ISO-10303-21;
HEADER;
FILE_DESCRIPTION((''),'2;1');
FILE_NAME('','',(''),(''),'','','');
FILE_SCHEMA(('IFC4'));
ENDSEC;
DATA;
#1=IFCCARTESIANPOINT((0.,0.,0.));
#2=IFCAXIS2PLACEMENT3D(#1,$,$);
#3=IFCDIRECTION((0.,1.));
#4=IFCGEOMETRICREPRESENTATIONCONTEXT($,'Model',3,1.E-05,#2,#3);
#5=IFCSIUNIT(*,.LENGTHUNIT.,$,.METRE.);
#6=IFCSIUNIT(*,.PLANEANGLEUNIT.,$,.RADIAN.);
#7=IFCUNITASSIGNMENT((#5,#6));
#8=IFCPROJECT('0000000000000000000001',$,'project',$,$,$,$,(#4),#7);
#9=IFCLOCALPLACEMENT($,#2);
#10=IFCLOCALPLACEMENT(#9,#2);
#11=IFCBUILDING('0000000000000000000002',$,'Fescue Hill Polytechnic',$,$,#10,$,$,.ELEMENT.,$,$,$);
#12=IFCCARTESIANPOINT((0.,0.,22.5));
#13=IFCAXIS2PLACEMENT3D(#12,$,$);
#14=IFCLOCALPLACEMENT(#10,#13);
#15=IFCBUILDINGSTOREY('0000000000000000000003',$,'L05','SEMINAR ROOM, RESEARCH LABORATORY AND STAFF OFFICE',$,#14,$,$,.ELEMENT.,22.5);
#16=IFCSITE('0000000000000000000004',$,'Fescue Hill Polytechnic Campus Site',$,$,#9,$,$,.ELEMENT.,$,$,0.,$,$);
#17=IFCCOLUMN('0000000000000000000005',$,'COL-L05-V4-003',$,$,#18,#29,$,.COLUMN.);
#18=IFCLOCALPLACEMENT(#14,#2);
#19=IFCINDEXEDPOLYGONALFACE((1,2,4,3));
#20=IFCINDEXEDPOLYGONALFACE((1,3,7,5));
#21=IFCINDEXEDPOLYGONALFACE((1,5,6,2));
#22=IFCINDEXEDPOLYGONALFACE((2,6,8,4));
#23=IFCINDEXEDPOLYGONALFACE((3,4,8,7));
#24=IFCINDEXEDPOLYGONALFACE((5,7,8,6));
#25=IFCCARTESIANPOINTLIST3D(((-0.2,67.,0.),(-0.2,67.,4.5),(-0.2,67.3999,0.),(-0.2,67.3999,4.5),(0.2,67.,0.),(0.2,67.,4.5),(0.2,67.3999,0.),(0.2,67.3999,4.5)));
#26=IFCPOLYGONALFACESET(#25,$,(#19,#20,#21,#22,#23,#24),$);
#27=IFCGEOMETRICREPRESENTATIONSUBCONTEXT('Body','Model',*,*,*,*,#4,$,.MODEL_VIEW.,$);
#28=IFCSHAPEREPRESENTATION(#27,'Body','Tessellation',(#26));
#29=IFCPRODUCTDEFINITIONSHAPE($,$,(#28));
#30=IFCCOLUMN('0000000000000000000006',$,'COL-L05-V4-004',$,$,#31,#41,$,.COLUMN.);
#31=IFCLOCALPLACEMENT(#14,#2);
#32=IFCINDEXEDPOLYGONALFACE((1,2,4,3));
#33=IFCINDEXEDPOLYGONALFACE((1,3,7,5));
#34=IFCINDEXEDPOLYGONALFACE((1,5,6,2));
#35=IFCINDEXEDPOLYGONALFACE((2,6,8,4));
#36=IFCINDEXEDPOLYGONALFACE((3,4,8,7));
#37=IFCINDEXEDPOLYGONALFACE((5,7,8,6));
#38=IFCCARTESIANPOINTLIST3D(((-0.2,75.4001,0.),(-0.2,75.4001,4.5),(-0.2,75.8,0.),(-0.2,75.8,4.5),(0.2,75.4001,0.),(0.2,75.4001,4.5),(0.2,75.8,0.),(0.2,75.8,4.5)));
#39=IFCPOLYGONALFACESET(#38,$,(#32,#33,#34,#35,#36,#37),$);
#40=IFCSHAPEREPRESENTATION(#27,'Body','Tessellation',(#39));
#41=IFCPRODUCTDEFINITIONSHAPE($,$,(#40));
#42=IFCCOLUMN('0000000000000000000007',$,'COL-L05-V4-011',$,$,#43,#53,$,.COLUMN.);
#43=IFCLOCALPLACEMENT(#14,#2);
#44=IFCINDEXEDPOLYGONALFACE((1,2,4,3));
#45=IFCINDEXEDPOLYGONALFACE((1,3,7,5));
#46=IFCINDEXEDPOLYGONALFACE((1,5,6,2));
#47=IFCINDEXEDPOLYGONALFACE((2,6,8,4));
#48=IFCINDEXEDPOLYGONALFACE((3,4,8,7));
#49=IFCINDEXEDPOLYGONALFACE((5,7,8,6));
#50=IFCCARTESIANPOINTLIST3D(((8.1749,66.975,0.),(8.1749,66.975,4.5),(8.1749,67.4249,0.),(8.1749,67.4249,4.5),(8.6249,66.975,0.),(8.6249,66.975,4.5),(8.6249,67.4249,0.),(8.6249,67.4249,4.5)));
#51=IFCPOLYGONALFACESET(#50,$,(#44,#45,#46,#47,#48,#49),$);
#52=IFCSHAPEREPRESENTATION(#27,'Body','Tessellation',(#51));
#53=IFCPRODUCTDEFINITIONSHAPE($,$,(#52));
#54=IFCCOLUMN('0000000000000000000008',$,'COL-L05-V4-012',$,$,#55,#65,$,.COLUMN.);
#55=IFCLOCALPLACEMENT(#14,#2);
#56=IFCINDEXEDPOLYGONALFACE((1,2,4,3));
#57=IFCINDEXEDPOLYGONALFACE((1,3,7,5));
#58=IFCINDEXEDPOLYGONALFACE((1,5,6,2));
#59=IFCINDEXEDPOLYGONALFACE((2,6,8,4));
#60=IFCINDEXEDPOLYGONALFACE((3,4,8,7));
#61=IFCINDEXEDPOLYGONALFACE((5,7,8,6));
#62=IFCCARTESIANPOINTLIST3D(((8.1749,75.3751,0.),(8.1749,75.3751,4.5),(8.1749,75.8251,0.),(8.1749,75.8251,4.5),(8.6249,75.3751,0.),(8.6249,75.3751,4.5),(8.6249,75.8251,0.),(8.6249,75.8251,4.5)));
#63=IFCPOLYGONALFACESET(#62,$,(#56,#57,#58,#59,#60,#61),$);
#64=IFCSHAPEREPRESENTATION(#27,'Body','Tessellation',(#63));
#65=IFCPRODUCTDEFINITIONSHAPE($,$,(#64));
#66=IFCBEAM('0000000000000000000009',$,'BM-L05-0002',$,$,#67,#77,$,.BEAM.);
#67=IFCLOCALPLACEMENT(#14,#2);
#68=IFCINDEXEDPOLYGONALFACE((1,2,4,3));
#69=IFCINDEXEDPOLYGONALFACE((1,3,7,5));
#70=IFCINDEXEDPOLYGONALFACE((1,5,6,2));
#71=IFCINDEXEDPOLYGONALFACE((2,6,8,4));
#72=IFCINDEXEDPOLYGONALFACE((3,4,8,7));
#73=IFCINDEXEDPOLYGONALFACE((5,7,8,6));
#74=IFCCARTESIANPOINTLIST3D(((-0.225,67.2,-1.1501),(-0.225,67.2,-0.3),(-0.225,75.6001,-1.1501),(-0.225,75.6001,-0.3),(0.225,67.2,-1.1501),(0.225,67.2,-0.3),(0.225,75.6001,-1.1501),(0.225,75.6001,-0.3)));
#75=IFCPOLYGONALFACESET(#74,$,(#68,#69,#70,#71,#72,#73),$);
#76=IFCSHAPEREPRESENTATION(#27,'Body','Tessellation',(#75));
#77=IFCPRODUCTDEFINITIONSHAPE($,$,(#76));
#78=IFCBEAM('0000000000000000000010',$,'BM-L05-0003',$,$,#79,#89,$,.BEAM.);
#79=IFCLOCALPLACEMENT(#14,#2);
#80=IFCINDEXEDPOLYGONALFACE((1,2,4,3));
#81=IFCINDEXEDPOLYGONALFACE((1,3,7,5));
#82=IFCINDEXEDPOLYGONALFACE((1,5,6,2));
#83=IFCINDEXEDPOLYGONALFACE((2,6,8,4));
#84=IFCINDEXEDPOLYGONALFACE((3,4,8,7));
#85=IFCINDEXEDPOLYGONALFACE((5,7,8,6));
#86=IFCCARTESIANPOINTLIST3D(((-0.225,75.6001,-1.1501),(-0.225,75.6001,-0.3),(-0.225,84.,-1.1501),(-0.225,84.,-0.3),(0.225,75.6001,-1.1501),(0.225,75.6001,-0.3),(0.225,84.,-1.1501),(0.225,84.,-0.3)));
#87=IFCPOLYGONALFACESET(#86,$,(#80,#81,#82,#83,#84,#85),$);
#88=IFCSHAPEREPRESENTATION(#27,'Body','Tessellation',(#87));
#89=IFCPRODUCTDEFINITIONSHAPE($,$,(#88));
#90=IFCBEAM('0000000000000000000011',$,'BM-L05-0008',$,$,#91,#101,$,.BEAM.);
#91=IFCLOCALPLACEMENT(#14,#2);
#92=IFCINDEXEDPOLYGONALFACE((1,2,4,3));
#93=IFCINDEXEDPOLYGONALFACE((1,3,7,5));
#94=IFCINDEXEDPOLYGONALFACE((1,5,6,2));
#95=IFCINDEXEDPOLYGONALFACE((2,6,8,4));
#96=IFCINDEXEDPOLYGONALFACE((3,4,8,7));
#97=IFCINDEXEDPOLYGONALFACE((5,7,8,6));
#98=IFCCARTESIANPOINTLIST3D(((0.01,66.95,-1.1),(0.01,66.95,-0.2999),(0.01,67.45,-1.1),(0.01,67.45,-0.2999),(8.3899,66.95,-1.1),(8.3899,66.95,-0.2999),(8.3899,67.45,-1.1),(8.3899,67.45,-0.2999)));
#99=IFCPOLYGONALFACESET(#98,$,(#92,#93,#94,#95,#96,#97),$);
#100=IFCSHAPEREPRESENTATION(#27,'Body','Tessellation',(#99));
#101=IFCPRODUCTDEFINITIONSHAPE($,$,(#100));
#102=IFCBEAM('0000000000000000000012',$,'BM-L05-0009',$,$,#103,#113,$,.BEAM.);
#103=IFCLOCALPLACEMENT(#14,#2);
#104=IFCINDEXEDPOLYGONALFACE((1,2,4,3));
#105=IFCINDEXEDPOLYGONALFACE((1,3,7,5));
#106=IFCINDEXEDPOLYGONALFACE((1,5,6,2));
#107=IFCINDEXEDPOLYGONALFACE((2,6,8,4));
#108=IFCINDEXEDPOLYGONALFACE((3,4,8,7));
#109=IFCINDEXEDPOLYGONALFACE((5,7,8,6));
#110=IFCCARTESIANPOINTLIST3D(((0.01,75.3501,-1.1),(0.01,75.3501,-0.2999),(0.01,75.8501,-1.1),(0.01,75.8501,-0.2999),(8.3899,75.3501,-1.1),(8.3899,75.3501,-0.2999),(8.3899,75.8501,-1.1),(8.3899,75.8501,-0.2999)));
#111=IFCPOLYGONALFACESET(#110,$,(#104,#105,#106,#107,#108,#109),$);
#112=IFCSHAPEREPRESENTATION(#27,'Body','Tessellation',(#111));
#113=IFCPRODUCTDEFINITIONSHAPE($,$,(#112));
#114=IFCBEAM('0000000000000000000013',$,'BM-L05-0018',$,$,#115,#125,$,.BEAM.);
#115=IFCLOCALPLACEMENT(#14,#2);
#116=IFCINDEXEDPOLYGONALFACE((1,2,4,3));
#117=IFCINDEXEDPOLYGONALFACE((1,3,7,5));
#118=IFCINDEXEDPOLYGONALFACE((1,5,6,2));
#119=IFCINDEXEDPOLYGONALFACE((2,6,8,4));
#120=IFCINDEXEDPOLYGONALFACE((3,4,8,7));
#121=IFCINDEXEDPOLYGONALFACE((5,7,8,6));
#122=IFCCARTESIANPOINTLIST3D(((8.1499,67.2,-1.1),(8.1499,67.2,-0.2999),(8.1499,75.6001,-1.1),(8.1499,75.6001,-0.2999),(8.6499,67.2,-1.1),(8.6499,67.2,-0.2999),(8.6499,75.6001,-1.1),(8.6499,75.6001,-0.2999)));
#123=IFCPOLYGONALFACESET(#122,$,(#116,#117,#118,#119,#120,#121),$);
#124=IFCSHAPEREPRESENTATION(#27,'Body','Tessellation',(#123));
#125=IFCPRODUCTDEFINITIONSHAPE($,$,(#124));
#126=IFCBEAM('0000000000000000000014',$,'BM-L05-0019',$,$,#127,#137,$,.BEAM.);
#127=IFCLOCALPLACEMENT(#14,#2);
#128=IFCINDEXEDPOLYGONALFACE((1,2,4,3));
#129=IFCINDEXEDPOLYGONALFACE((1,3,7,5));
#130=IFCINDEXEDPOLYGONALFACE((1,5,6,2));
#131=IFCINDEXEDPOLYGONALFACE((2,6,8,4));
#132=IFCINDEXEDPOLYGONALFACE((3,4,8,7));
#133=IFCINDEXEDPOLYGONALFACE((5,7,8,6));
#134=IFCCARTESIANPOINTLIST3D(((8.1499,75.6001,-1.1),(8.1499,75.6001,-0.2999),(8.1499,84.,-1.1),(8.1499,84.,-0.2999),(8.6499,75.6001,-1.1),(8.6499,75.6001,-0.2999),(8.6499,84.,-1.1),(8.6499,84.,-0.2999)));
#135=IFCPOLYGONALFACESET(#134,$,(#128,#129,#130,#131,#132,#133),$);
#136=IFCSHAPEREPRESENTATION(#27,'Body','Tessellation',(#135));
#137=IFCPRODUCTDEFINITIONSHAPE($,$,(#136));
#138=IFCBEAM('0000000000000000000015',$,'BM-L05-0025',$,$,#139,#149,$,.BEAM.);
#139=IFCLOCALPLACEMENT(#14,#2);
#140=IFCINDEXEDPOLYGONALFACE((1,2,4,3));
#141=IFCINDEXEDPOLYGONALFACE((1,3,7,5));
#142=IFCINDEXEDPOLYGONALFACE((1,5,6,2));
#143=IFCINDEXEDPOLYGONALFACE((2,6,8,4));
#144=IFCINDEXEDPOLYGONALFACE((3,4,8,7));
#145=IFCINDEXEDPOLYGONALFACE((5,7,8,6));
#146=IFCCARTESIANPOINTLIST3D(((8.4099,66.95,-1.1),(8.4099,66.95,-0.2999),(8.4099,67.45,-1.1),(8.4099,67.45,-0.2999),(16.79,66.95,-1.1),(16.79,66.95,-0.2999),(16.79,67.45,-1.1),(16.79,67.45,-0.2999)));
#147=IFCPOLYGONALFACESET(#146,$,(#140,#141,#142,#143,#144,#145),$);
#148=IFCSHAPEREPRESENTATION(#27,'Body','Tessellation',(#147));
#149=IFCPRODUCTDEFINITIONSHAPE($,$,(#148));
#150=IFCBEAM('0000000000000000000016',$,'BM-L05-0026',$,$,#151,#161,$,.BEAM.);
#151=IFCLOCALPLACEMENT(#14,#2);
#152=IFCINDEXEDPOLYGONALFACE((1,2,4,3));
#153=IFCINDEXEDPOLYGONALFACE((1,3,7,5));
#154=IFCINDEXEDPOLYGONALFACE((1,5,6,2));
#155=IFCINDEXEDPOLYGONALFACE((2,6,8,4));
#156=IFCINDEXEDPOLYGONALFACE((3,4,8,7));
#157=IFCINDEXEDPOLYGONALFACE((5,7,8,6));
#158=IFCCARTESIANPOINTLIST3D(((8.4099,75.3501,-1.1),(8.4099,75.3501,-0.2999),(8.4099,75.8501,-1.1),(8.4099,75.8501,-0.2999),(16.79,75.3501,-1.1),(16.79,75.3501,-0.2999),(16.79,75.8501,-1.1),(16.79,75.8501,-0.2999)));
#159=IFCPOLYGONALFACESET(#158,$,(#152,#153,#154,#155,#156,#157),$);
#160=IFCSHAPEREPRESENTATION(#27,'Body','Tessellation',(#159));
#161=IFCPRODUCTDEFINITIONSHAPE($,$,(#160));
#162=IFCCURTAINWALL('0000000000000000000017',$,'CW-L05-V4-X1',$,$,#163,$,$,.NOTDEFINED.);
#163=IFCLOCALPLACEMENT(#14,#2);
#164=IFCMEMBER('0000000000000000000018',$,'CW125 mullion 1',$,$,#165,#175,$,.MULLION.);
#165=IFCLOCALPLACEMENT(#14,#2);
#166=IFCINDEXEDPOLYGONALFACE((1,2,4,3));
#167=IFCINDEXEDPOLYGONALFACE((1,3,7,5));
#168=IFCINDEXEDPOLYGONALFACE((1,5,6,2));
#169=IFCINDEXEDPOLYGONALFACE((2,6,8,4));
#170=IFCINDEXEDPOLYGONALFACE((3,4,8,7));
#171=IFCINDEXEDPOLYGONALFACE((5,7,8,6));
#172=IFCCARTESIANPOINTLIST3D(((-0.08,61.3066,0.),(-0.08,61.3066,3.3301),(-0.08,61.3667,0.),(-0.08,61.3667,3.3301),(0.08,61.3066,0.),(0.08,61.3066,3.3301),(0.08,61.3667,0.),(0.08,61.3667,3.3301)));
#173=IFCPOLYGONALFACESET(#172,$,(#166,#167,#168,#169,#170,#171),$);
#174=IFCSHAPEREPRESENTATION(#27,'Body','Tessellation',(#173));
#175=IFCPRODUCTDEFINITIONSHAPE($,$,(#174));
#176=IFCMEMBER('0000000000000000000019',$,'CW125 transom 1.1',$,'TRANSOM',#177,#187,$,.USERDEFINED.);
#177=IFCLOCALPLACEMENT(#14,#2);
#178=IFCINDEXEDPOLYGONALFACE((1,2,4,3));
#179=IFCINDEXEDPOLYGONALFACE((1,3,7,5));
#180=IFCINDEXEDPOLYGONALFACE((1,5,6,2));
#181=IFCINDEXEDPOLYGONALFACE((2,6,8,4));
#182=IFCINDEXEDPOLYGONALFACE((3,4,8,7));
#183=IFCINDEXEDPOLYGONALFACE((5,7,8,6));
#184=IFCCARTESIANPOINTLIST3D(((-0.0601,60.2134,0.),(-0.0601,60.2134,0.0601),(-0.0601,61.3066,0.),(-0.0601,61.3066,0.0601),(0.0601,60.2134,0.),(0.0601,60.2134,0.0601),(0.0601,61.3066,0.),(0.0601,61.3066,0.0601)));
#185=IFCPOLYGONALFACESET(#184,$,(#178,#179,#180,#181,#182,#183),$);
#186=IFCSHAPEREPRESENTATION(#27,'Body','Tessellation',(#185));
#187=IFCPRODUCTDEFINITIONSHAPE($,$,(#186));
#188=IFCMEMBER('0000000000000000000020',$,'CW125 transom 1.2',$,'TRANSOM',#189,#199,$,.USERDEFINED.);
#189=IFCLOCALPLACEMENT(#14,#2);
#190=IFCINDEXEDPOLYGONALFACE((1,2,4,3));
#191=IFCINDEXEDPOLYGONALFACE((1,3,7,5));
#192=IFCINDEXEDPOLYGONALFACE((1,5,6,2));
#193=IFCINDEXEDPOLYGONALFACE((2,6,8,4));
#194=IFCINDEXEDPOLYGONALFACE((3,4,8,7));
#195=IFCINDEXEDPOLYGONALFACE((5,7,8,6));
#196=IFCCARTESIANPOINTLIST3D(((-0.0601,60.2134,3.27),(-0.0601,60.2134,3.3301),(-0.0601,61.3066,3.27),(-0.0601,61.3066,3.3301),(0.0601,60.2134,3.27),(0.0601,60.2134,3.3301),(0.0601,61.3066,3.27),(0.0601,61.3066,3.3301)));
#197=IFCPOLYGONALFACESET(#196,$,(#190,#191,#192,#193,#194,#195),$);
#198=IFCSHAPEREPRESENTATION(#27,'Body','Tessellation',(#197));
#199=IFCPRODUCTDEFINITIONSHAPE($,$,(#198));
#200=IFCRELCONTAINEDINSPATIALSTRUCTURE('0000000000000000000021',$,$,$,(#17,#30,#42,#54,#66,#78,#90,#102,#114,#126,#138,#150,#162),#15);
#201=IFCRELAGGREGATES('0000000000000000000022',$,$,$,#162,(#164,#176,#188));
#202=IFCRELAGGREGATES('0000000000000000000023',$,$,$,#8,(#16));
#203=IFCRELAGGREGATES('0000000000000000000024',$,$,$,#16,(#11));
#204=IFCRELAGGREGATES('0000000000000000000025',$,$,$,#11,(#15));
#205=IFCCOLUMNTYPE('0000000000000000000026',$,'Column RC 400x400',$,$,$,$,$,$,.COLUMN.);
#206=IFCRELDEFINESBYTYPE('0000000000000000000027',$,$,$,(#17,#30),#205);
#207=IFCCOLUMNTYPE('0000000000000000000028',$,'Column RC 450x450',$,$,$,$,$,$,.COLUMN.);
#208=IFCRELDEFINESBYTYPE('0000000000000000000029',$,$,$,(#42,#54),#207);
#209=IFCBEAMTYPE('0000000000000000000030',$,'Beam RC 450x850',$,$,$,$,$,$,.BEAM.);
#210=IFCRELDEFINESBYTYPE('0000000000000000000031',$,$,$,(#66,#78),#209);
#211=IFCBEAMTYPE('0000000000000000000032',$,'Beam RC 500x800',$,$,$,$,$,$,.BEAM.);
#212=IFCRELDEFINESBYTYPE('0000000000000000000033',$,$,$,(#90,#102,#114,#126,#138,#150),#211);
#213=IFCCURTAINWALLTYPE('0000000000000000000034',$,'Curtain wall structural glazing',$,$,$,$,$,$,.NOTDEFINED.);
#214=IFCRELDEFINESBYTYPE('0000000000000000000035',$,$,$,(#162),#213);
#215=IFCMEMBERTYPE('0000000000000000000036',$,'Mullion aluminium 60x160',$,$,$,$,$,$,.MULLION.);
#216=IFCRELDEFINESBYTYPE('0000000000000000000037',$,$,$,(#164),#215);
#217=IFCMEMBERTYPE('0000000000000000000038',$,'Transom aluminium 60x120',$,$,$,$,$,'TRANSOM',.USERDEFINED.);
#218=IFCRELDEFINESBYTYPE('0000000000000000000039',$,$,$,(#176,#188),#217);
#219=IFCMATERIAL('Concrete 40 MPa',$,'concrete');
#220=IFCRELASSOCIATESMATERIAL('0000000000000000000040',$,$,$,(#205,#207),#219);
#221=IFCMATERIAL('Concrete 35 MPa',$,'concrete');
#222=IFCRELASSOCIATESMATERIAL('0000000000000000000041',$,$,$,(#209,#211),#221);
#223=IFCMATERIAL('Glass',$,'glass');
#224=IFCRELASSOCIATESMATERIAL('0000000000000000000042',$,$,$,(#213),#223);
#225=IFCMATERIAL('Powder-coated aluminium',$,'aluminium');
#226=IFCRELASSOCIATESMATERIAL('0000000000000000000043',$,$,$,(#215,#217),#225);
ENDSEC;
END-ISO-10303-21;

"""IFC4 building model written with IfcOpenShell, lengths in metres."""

from ifc_helpers import new_model, si_unit, direction, frame, origin, origin_2d, place, context, subcontext, project, spatial, rectangle, extrude, material, material_profile, profile_set, type_object, element, aggregate, save


model = new_model("IFC4")

# Units and contexts
model_context = context("Model", 3, precision=1e-05, world=origin(), true_north=direction((0.0, 1.0)))
body_context = subcontext(model_context, "Body", "Model", "MODEL_VIEW")
ifc_project = project(units=[si_unit("LENGTHUNIT", "METRE"), si_unit("PLANEANGLEUNIT", "RADIAN")], contexts=[model_context])

# Site, building, storey
site_placement = place(None, origin())
site = spatial("IfcSite", under=ifc_project, at=site_placement, Name="Fescue Hill Polytechnic Campus Site", CompositionType="ELEMENT", RefElevation=0.0)
building_placement = place(site_placement, origin())
building = spatial("IfcBuilding", under=site, at=building_placement, Name="Fescue Hill Polytechnic", CompositionType="ELEMENT")
storey_placement = place(building_placement, frame((0.0, 0.0, 22.5)))
storey = spatial("IfcBuildingStorey", under=building, at=storey_placement, Name="L05", Description="SEMINAR ROOM, RESEARCH LABORATORY AND STAFF OFFICE", CompositionType="ELEMENT", Elevation=22.5)

# Columns
ifc_material_1 = material(Name="Concrete 40 MPa", Category="concrete")
ifc_material_profile_1 = material_profile(ifc_material_1, rectangle(XDim=0.3999, YDim=0.3999, at=origin_2d()), Name="RC 400x400")
ifc_profile_set_1 = profile_set([ifc_material_profile_1], Name="Concrete 40 MPa")
column_type_1 = type_object("IfcColumnType", Name="Column RC 400x400", PredefinedType="COLUMN", material=ifc_profile_set_1)
for number, where, z_axis, x_axis, name in (
    (1, (0.0, 67.2, 0.0), (0.0, 0.0, 1.0), (1.0, 0.0, 0.0), "COL-L05-V4-003"),
    (2, (0.0, 75.6001, 0.0), (0.0, 0.0, 1.0), (1.0, 0.0, 0.0), "COL-L05-V4-004"),
):
    element("IfcColumn", number, at=place(storey_placement, frame(where, z_axis=z_axis, x_axis=x_axis)), inside=storey, type_object=column_type_1, Name=name, PredefinedType="COLUMN", context=body_context, shape_type="SweptSolid", body=[
        extrude(rectangle(XDim=0.3999, YDim=0.3999, at=origin_2d()), origin(), (0.0, 0.0, 1.0), 4.5),
    ])
ifc_material_profile_2 = material_profile(ifc_material_1, rectangle(XDim=0.45, YDim=0.45, at=origin_2d()), Name="RC 450x450")
ifc_profile_set_2 = profile_set([ifc_material_profile_2], Name="Concrete 40 MPa")
column_type_2 = type_object("IfcColumnType", Name="Column RC 450x450", PredefinedType="COLUMN", material=ifc_profile_set_2)
for number, where, z_axis, x_axis, name in (
    (3, (8.3999, 67.2, 0.0), (0.0, 0.0, 1.0), (1.0, 0.0, 0.0), "COL-L05-V4-011"),
    (4, (8.3999, 75.6001, 0.0), (0.0, 0.0, 1.0), (1.0, 0.0, 0.0), "COL-L05-V4-012"),
):
    element("IfcColumn", number, at=place(storey_placement, frame(where, z_axis=z_axis, x_axis=x_axis)), inside=storey, type_object=column_type_2, Name=name, PredefinedType="COLUMN", context=body_context, shape_type="SweptSolid", body=[
        extrude(rectangle(XDim=0.45, YDim=0.45, at=origin_2d()), origin(), (0.0, 0.0, 1.0), 4.5),
    ])

# Beams
ifc_material_2 = material(Name="Concrete 35 MPa", Category="concrete")
ifc_material_profile_3 = material_profile(ifc_material_2, rectangle(XDim=0.45, YDim=0.8501, at=origin_2d()), Name="RC 450x850")
ifc_profile_set_3 = profile_set([ifc_material_profile_3], Name="Concrete 35 MPa")
beam_type_1 = type_object("IfcBeamType", Name="Beam RC 450x850", PredefinedType="BEAM", material=ifc_profile_set_3)
beam_1_placement = place(storey_placement, frame((0.0, 67.2, -0.7251), z_axis=(0.0, 1.0, 0.0), x_axis=(-1.0, 0.0, 0.0)))
element("IfcBeam", 5, at=beam_1_placement, inside=storey, type_object=beam_type_1, Name="BM-L05-0002", PredefinedType="BEAM", context=body_context, shape_type="SweptSolid", body=[
    extrude(rectangle(XDim=0.45, YDim=0.8501, at=origin_2d()), origin(), (0.0, 0.0, 1.0), 8.4001),
])
beam_2_placement = place(storey_placement, frame((0.0, 75.6001, -0.7251), z_axis=(0.0, 1.0, 0.0), x_axis=(-1.0, 0.0, 0.0)))
element("IfcBeam", 6, at=beam_2_placement, inside=storey, type_object=beam_type_1, Name="BM-L05-0003", PredefinedType="BEAM", context=body_context, shape_type="SweptSolid", body=[
    extrude(rectangle(XDim=0.45, YDim=0.8501, at=origin_2d()), origin(), (0.0, 0.0, 1.0), 8.3999),
])
ifc_material_profile_4 = material_profile(ifc_material_2, rectangle(XDim=0.5, YDim=0.8, at=origin_2d()), Name="RC 500x800")
ifc_profile_set_4 = profile_set([ifc_material_profile_4], Name="Concrete 35 MPa")
beam_type_2 = type_object("IfcBeamType", Name="Beam RC 500x800", PredefinedType="BEAM", material=ifc_profile_set_4)
for number, where, z_axis, x_axis, name in (
    (7, (0.01, 67.2, -0.7), (1.0, 0.0, 0.0), (0.0, 1.0, 0.0), "BM-L05-0008"),
    (8, (0.01, 75.6001, -0.7), (1.0, 0.0, 0.0), (0.0, 1.0, 0.0), "BM-L05-0009"),
):
    element("IfcBeam", number, at=place(storey_placement, frame(where, z_axis=z_axis, x_axis=x_axis)), inside=storey, type_object=beam_type_2, Name=name, PredefinedType="BEAM", context=body_context, shape_type="SweptSolid", body=[
        extrude(rectangle(XDim=0.5, YDim=0.8, at=origin_2d()), origin(), (0.0, 0.0, 1.0), 8.3799),
    ])
beam_3_placement = place(storey_placement, frame((8.3999, 67.2, -0.7), z_axis=(0.0, 1.0, 0.0), x_axis=(-1.0, 0.0, 0.0)))
element("IfcBeam", 9, at=beam_3_placement, inside=storey, type_object=beam_type_2, Name="BM-L05-0018", PredefinedType="BEAM", context=body_context, shape_type="SweptSolid", body=[
    extrude(rectangle(XDim=0.5, YDim=0.8, at=origin_2d()), origin(), (0.0, 0.0, 1.0), 8.4001),
])
beam_4_placement = place(storey_placement, frame((8.3999, 75.6001, -0.7), z_axis=(0.0, 1.0, 0.0), x_axis=(-1.0, 0.0, 0.0)))
element("IfcBeam", 10, at=beam_4_placement, inside=storey, type_object=beam_type_2, Name="BM-L05-0019", PredefinedType="BEAM", context=body_context, shape_type="SweptSolid", body=[
    extrude(rectangle(XDim=0.5, YDim=0.8, at=origin_2d()), origin(), (0.0, 0.0, 1.0), 8.3999),
])
for number, where, z_axis, x_axis, name in (
    (11, (8.4099, 67.2, -0.7), (1.0, 0.0, 0.0), (0.0, 1.0, 0.0), "BM-L05-0025"),
    (12, (8.4099, 75.6001, -0.7), (1.0, 0.0, 0.0), (0.0, 1.0, 0.0), "BM-L05-0026"),
):
    element("IfcBeam", number, at=place(storey_placement, frame(where, z_axis=z_axis, x_axis=x_axis)), inside=storey, type_object=beam_type_2, Name=name, PredefinedType="BEAM", context=body_context, shape_type="SweptSolid", body=[
        extrude(rectangle(XDim=0.5, YDim=0.8, at=origin_2d()), origin(), (0.0, 0.0, 1.0), 8.3801),
    ])

# Curtain wall, members
ifc_material_3 = material(Name="Glass", Category="glass")
curtain_wall_type = type_object("IfcCurtainWallType", Name="Curtain wall structural glazing", PredefinedType="NOTDEFINED", material=ifc_material_3)
curtain_wall_placement = place(storey_placement, origin())
curtain_wall = element("IfcCurtainWall", 13, at=curtain_wall_placement, inside=storey, type_object=curtain_wall_type, Name="CW-L05-V4-X1", PredefinedType="NOTDEFINED")
ifc_material_4 = material(Name="Powder-coated aluminium", Category="aluminium")
ifc_material_profile_5 = material_profile(ifc_material_4, rectangle(XDim=0.1599, YDim=0.0601, at=origin_2d()), Name="Mullion aluminium 60x160")
ifc_profile_set_5 = profile_set([ifc_material_profile_5], Name="Powder-coated aluminium")
member_type_1 = type_object("IfcMemberType", Name="Mullion aluminium 60x160", PredefinedType="MULLION", material=ifc_profile_set_5)
member_1_placement = place(storey_placement, frame((0.0, 61.3367, 0.0), z_axis=(0.0, 0.0, 1.0), x_axis=(1.0, 0.0, 0.0)))
member_1 = element("IfcMember", 14, at=member_1_placement, type_object=member_type_1, Name="CW125 mullion 1", PredefinedType="MULLION", context=body_context, shape_type="SweptSolid", body=[
    extrude(rectangle(XDim=0.1599, YDim=0.0601, at=origin_2d()), origin(), (0.0, 0.0, 1.0), 3.3301),
])
ifc_material_profile_6 = material_profile(ifc_material_4, rectangle(XDim=0.1201, YDim=0.0601, at=origin_2d()), Name="Transom aluminium 60x120")
ifc_profile_set_6 = profile_set([ifc_material_profile_6], Name="Powder-coated aluminium")
member_type_2 = type_object("IfcMemberType", Name="Transom aluminium 60x120", ElementType="TRANSOM", PredefinedType="USERDEFINED", material=ifc_profile_set_6)
member_2_placement = place(storey_placement, frame((0.0, 61.3066, 0.03), z_axis=(0.0, -1.0, 0.0), x_axis=(1.0, 0.0, 0.0)))
member_2 = element("IfcMember", 15, at=member_2_placement, type_object=member_type_2, Name="CW125 transom 1.1", ObjectType="TRANSOM", PredefinedType="USERDEFINED", context=body_context, shape_type="SweptSolid", body=[
    extrude(rectangle(XDim=0.1201, YDim=0.0601, at=origin_2d()), origin(), (0.0, 0.0, 1.0), 1.0933),
])
member_3_placement = place(storey_placement, frame((0.0, 61.3066, 3.3), z_axis=(0.0, -1.0, 0.0), x_axis=(1.0, 0.0, 0.0)))
member_3 = element("IfcMember", 16, at=member_3_placement, type_object=member_type_2, Name="CW125 transom 1.2", ObjectType="TRANSOM", PredefinedType="USERDEFINED", context=body_context, shape_type="SweptSolid", body=[
    extrude(rectangle(XDim=0.1201, YDim=0.0601, at=origin_2d()), origin(), (0.0, 0.0, 1.0), 1.0933),
])
aggregate(curtain_wall, [member_1, member_2, member_3])

save(model, "model.ifc")
